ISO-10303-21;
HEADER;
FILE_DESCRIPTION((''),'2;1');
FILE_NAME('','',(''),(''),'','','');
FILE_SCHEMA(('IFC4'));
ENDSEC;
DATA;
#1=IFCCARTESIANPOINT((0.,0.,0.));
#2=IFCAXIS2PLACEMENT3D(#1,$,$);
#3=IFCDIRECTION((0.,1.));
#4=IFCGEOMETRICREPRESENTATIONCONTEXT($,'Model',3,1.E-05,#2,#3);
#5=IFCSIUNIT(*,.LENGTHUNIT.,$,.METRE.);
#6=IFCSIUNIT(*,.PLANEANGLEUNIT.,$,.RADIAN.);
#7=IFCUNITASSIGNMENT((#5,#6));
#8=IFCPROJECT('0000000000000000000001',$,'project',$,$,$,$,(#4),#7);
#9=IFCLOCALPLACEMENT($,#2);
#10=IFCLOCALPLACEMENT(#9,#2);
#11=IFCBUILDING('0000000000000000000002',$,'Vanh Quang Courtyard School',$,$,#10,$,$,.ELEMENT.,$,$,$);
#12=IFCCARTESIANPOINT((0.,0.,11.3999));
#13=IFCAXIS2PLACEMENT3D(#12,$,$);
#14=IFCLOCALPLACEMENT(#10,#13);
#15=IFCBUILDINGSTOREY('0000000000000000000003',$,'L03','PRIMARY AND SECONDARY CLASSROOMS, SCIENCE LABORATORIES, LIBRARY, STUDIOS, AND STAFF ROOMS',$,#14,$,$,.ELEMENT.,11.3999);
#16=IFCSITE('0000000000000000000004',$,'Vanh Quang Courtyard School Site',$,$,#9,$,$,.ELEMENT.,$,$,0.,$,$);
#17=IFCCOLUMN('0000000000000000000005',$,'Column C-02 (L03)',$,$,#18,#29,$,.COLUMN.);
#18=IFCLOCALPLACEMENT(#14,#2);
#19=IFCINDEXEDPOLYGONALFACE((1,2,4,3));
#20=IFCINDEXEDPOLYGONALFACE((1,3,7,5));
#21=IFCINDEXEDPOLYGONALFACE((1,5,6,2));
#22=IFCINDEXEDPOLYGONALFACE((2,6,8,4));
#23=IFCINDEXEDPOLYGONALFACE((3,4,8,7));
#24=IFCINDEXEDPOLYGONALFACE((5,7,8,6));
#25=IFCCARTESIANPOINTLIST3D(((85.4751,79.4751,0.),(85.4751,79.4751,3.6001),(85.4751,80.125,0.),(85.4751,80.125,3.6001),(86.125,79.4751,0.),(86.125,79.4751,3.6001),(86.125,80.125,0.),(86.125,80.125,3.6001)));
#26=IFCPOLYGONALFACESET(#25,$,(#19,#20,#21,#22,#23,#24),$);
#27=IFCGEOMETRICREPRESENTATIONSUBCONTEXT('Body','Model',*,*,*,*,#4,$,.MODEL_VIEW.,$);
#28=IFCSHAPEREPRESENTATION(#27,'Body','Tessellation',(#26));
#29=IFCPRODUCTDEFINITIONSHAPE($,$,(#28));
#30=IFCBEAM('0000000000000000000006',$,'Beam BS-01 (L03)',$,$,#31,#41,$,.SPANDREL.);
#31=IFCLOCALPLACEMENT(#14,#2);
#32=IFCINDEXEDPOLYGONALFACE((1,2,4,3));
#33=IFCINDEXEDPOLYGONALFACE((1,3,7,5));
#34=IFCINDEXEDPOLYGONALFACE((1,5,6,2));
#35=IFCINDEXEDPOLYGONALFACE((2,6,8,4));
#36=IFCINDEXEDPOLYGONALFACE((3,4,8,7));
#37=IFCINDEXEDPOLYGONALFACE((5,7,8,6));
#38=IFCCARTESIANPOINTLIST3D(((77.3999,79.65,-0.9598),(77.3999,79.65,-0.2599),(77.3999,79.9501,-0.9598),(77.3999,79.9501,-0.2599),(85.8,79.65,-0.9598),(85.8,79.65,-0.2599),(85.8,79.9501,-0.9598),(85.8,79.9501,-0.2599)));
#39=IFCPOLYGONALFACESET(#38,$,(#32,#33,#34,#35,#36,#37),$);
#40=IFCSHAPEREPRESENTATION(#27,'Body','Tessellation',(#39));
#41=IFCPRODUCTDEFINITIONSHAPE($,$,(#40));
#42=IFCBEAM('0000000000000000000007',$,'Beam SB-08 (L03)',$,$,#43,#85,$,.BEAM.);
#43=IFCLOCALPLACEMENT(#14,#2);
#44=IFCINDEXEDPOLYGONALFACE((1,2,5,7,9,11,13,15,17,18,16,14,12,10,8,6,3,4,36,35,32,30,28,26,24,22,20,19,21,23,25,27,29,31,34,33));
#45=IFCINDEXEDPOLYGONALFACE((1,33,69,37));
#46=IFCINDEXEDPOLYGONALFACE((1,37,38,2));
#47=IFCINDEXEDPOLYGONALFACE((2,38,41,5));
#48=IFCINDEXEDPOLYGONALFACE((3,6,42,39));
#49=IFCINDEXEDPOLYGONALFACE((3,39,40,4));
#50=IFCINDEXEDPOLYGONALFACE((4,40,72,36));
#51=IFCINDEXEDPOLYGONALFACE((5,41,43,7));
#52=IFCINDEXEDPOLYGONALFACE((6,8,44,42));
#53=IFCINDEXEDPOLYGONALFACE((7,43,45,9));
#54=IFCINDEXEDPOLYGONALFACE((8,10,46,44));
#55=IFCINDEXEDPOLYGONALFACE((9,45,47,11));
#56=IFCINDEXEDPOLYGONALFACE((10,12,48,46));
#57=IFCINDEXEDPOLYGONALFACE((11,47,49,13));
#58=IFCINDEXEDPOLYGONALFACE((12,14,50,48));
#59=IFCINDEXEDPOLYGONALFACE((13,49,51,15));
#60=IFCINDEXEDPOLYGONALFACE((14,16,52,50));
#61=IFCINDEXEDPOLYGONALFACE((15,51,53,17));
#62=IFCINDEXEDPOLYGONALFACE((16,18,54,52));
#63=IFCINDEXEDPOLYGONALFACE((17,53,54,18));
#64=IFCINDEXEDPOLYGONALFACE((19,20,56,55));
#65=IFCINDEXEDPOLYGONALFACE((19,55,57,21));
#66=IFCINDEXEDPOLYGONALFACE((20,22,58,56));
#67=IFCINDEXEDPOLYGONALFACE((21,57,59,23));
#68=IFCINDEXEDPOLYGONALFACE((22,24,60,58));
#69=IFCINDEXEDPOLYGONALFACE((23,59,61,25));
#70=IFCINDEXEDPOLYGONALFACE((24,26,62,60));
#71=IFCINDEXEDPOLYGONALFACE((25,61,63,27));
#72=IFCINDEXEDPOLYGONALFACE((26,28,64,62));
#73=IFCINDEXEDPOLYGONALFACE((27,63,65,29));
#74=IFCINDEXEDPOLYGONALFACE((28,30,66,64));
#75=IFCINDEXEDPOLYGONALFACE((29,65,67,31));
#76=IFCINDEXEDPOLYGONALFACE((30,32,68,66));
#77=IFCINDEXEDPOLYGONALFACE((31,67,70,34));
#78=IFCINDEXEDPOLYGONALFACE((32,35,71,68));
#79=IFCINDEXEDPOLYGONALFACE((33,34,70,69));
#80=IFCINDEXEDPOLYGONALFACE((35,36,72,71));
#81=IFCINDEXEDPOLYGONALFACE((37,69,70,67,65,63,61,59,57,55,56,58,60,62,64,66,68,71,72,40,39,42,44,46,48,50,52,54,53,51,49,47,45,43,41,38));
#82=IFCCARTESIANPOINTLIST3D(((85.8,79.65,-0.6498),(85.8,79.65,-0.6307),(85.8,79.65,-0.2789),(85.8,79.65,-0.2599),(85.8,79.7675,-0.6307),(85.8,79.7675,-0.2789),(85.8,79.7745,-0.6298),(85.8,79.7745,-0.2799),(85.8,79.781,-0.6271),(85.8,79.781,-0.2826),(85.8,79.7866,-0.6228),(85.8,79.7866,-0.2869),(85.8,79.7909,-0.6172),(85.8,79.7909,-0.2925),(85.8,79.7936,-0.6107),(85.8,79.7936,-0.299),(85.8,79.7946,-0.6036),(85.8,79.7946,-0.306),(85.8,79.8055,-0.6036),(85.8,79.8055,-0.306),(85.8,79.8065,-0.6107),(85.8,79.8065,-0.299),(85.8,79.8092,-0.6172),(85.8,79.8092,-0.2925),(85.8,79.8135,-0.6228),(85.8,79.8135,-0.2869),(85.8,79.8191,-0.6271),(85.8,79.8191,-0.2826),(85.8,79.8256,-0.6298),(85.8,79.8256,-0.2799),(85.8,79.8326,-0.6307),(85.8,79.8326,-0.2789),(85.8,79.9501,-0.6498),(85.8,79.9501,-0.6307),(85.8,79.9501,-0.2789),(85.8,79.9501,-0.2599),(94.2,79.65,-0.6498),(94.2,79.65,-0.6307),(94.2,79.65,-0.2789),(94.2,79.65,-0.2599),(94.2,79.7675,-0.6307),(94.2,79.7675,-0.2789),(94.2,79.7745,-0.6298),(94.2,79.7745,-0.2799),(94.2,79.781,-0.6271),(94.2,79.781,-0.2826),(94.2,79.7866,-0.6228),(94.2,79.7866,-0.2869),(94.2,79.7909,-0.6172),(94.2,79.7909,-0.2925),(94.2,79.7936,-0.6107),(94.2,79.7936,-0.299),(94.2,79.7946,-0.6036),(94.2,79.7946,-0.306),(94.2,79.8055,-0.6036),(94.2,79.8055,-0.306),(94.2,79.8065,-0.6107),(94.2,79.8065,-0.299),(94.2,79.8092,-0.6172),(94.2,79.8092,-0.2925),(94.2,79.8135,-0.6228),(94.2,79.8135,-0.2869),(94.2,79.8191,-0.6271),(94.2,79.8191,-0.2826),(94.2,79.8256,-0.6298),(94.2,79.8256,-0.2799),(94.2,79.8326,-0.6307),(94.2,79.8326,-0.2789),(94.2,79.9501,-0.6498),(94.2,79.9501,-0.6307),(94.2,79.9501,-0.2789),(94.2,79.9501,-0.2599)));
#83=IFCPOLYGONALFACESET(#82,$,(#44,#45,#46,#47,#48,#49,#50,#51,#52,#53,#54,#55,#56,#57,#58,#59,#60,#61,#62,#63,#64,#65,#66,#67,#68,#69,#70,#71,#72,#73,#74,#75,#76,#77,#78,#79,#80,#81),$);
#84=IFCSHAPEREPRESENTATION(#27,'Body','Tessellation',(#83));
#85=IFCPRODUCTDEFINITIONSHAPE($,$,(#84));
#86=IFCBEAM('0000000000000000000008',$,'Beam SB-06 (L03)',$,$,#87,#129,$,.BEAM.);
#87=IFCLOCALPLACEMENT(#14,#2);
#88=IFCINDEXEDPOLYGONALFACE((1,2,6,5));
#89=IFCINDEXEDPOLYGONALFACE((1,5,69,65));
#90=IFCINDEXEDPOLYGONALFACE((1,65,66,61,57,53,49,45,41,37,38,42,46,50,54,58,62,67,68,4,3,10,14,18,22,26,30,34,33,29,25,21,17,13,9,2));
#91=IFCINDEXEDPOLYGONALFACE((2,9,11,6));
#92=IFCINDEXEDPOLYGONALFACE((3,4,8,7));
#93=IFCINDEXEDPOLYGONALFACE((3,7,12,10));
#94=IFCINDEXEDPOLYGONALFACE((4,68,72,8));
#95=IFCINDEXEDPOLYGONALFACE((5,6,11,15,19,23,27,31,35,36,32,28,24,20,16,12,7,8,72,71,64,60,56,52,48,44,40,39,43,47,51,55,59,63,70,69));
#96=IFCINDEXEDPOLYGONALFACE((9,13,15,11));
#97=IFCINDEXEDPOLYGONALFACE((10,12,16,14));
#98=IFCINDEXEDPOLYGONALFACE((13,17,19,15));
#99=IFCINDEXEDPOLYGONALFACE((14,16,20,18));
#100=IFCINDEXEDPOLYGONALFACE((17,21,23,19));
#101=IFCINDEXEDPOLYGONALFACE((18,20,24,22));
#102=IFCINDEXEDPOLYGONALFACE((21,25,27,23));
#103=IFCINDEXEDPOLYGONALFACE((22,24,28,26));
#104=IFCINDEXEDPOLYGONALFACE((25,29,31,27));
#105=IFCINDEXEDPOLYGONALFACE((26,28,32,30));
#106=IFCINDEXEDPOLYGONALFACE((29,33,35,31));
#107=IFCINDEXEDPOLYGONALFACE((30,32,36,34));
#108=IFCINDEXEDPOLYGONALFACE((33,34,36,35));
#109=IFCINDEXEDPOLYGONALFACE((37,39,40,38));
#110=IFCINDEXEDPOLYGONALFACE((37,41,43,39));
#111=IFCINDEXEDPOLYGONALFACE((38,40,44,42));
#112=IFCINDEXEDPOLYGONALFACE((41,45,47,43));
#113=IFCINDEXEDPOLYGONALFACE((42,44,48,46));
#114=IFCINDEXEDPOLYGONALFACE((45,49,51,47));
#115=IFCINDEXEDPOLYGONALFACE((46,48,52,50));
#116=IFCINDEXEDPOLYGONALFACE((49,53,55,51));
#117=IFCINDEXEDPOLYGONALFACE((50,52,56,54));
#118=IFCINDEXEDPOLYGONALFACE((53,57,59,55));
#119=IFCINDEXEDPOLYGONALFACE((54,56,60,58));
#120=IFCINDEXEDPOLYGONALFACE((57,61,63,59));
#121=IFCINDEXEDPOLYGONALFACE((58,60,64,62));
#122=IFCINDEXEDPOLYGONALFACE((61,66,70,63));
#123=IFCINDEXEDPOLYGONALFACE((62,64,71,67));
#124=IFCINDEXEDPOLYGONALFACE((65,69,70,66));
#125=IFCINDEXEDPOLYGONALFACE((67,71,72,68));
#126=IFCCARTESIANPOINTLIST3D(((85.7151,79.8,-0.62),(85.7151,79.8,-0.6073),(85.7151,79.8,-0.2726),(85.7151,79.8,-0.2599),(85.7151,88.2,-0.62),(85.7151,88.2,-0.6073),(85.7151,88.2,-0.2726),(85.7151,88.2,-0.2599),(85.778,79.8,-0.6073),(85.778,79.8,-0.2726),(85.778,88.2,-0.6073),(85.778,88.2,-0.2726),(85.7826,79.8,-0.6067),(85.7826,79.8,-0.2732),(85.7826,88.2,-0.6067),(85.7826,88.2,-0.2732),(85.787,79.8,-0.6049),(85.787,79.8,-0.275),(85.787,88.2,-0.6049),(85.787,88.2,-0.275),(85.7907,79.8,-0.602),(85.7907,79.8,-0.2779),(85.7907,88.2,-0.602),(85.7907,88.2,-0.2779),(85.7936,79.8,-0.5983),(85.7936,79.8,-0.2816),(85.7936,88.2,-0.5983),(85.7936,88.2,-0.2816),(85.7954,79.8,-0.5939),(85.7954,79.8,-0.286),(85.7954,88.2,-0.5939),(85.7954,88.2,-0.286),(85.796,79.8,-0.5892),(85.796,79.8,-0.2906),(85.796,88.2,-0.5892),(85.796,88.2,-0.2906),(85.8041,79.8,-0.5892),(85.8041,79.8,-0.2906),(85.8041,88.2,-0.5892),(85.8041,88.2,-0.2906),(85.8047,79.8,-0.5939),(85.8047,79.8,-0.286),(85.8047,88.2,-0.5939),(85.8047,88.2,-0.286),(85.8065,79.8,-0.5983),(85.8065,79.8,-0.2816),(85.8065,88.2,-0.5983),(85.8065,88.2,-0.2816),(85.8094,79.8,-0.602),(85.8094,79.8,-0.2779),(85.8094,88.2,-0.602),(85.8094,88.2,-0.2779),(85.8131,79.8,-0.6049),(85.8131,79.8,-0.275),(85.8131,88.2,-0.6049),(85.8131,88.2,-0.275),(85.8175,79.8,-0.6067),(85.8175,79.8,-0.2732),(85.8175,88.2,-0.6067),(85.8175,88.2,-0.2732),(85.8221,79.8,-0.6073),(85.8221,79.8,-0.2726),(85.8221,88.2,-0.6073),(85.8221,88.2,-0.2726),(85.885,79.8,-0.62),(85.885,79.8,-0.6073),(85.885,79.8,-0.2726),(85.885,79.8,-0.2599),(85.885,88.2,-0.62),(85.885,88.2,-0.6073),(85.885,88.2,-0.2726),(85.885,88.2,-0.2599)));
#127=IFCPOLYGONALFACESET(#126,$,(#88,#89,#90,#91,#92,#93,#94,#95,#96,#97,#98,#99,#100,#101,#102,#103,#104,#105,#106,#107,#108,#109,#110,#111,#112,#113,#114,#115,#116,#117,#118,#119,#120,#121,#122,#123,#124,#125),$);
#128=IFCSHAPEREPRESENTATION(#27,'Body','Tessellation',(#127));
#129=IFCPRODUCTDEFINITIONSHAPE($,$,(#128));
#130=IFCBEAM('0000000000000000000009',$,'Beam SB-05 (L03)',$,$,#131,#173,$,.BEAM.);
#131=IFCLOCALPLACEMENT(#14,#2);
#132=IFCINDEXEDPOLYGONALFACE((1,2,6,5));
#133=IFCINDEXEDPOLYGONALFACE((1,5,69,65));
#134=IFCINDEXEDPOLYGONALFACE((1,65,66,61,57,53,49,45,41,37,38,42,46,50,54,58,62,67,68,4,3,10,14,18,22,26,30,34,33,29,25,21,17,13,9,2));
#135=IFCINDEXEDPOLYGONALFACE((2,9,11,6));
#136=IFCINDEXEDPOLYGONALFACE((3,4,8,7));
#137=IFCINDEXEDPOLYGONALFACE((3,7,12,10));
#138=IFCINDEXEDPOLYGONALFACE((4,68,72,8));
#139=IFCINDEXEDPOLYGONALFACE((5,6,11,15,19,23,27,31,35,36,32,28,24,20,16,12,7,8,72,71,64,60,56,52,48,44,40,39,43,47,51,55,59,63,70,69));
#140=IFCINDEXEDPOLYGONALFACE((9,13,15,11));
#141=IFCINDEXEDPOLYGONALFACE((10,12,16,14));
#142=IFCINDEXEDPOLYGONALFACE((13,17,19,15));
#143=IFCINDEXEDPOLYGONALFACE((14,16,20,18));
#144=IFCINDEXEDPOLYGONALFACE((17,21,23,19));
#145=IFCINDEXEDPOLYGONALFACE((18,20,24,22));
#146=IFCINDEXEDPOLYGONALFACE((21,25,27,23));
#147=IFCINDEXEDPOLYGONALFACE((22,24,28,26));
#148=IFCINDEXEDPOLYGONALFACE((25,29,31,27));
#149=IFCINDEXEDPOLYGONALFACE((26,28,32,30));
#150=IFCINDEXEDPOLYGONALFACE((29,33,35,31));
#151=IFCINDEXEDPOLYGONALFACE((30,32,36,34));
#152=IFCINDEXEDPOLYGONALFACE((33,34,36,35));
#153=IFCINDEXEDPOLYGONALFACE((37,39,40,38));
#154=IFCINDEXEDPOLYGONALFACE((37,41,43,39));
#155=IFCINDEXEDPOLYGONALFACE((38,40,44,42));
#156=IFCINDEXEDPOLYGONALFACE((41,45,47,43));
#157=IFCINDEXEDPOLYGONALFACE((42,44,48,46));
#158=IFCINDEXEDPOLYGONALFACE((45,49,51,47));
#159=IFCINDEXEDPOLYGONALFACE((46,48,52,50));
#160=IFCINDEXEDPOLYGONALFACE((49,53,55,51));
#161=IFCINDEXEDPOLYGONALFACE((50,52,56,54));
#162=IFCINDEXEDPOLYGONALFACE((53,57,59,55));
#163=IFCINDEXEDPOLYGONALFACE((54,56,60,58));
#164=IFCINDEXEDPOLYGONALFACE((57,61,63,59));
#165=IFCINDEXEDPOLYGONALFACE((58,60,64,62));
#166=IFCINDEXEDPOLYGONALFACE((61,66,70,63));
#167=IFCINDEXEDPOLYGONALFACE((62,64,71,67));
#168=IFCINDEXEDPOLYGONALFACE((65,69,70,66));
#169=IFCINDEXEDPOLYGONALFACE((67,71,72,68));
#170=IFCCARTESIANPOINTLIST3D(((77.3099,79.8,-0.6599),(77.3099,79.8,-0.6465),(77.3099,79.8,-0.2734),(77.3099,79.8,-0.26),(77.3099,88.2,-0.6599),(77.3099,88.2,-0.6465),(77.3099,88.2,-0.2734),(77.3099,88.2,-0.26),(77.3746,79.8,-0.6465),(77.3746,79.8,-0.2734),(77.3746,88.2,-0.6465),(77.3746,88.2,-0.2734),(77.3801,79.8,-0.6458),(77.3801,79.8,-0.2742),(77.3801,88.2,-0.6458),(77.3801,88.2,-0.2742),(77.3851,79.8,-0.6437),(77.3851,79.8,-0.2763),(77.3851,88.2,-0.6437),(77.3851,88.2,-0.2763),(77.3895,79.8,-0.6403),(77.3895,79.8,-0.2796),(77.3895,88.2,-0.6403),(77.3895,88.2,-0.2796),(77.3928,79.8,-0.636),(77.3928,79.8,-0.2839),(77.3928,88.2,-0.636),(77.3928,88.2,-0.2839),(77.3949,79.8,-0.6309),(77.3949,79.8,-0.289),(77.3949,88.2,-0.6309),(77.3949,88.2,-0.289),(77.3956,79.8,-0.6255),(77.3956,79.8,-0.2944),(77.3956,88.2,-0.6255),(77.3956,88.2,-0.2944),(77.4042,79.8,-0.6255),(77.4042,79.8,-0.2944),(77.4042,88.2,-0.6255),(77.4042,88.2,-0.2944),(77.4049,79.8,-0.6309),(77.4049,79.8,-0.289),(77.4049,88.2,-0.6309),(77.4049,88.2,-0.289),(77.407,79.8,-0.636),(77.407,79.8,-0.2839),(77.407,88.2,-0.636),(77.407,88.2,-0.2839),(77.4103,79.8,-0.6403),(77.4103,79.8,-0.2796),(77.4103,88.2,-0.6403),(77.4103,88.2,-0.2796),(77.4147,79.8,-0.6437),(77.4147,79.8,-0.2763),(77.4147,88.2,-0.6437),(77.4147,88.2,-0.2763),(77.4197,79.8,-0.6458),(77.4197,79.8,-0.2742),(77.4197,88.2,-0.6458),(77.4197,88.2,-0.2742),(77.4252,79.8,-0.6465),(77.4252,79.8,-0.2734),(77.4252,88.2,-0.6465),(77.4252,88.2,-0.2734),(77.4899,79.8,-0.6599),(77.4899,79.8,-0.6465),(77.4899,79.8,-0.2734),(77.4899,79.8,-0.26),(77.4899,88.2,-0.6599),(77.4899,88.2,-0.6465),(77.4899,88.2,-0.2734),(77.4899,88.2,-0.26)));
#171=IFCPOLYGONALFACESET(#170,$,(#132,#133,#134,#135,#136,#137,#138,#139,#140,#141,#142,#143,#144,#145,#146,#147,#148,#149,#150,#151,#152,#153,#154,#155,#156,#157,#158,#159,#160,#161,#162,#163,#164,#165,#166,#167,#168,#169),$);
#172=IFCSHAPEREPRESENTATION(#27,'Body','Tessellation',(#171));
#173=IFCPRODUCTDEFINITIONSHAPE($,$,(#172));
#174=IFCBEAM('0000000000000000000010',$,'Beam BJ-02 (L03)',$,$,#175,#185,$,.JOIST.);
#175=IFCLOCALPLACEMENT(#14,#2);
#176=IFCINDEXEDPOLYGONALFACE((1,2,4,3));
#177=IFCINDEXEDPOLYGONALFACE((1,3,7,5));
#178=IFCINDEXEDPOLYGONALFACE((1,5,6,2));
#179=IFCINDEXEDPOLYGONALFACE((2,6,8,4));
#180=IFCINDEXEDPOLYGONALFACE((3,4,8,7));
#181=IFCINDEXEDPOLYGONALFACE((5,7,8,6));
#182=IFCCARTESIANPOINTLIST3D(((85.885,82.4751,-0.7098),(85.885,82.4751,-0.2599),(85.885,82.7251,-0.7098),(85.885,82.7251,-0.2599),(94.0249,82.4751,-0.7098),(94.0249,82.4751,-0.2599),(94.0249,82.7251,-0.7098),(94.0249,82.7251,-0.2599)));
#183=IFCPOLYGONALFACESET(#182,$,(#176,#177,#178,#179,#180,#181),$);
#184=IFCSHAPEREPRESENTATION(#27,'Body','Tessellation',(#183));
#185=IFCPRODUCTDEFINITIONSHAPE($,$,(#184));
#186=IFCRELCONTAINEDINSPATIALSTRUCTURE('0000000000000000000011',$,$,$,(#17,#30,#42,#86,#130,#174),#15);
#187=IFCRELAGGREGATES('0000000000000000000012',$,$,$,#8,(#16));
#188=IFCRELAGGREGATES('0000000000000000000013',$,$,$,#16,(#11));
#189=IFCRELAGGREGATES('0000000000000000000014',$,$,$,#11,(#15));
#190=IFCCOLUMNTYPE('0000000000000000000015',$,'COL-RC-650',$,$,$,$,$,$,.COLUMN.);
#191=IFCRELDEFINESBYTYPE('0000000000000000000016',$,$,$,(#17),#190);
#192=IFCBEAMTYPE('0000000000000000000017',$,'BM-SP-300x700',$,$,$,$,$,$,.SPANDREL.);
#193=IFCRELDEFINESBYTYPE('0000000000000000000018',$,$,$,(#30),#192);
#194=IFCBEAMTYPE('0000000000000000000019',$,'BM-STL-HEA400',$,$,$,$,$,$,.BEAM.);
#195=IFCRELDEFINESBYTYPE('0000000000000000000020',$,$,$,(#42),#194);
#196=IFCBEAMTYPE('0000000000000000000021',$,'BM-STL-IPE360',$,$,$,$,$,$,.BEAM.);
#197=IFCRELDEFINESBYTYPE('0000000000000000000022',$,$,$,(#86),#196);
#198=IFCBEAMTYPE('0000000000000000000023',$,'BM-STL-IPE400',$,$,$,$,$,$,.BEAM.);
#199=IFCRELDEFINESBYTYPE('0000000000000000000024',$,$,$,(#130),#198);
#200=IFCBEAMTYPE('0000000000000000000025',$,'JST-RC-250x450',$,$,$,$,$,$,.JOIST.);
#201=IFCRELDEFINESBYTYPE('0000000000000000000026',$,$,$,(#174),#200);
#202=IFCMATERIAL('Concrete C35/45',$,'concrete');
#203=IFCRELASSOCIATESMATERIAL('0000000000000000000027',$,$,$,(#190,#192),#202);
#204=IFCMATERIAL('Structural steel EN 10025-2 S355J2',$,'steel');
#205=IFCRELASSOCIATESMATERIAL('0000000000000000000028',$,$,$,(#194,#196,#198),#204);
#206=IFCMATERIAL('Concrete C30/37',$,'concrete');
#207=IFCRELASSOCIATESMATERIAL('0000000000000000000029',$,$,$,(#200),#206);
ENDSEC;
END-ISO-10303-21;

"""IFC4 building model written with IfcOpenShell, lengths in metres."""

from ifc_helpers import new_model, si_unit, direction, frame, origin, origin_2d, place, context, subcontext, project, spatial, rectangle, i_section, extrude, material, material_profile, profile_set, type_object, element, save


model = new_model("IFC4")

# Units and contexts
model_context = context("Model", 3, precision=1e-05, world=origin(), true_north=direction((0.0, 1.0)))
body_context = subcontext(model_context, "Body", "Model", "MODEL_VIEW")
ifc_project = project(units=[si_unit("LENGTHUNIT", "METRE"), si_unit("PLANEANGLEUNIT", "RADIAN")], contexts=[model_context])

# Site, building, storey
site_placement = place(None, origin())
site = spatial("IfcSite", under=ifc_project, at=site_placement, Name="Vanh Quang Courtyard School Site", CompositionType="ELEMENT", RefElevation=0.0)
building_placement = place(site_placement, origin())
building = spatial("IfcBuilding", under=site, at=building_placement, Name="Vanh Quang Courtyard School", CompositionType="ELEMENT")
storey_placement = place(building_placement, frame((0.0, 0.0, 11.3999)))
storey = spatial("IfcBuildingStorey", under=building, at=storey_placement, Name="L03", Description="PRIMARY AND SECONDARY CLASSROOMS, SCIENCE LABORATORIES, LIBRARY, STUDIOS, AND STAFF ROOMS", CompositionType="ELEMENT", Elevation=11.3999)

# Column
ifc_material_1 = material(Name="Concrete C35/45", Category="concrete")
ifc_material_profile_1 = material_profile(ifc_material_1, rectangle(XDim=0.6499, YDim=0.6499, at=origin_2d()), Name="RC-COL 650x650")
ifc_profile_set_1 = profile_set([ifc_material_profile_1], Name="Concrete C35/45")
column_type = type_object("IfcColumnType", Name="COL-RC-650", PredefinedType="COLUMN", material=ifc_profile_set_1)
column_placement = place(storey_placement, frame((85.8, 79.8, 0.0), z_axis=(0.0, 0.0, 1.0), x_axis=(1.0, 0.0, 0.0)))
element("IfcColumn", 1, at=column_placement, inside=storey, type_object=column_type, Name="Column C-02 (L03)", PredefinedType="COLUMN", context=body_context, shape_type="SweptSolid", body=[
    extrude(rectangle(XDim=0.6499, YDim=0.6499, at=origin_2d()), origin(), (0.0, 0.0, 1.0), 3.6001),
])

# Beams
ifc_material_profile_2 = material_profile(ifc_material_1, rectangle(XDim=0.3, YDim=0.7, at=origin_2d()), Name="RC-SP 300x700")
ifc_profile_set_2 = profile_set([ifc_material_profile_2], Name="Concrete C35/45")
beam_type_1 = type_object("IfcBeamType", Name="BM-SP-300x700", PredefinedType="SPANDREL", material=ifc_profile_set_2)
beam_1_placement = place(storey_placement, frame((77.3999, 79.8, -0.6099), z_axis=(1.0, 0.0, 0.0), x_axis=(0.0, 1.0, 0.0)))
element("IfcBeam", 2, at=beam_1_placement, inside=storey, type_object=beam_type_1, Name="Beam BS-01 (L03)", PredefinedType="SPANDREL", context=body_context, shape_type="SweptSolid", body=[
    extrude(rectangle(XDim=0.3, YDim=0.7, at=origin_2d()), origin(), (0.0, 0.0, 1.0), 8.4001),
])
ifc_material_2 = material(Name="Structural steel EN 10025-2 S355J2", Category="steel")
ifc_material_profile_3 = material_profile(ifc_material_2, i_section(OverallWidth=0.3, OverallDepth=0.3899, WebThickness=0.011, FlangeThickness=0.019, FilletRadius=0.0271, at=origin_2d()), Name="HEA 400")
ifc_profile_set_3 = profile_set([ifc_material_profile_3], Name="Structural steel EN 10025-2 S355J2")
beam_type_2 = type_object("IfcBeamType", Name="BM-STL-HEA400", PredefinedType="BEAM", material=ifc_profile_set_3)
beam_2_placement = place(storey_placement, frame((85.8, 79.8, -0.4548), z_axis=(1.0, 0.0, 0.0), x_axis=(0.0, 1.0, 0.0)))
element("IfcBeam", 3, at=beam_2_placement, inside=storey, type_object=beam_type_2, Name="Beam SB-08 (L03)", PredefinedType="BEAM", context=body_context, shape_type="SweptSolid", body=[
    extrude(i_section(OverallWidth=0.3, OverallDepth=0.3899, WebThickness=0.011, FlangeThickness=0.019, FilletRadius=0.0271, at=origin_2d()), origin(), (0.0, 0.0, 1.0), 8.3999),
])
ifc_material_profile_4 = material_profile(ifc_material_2, i_section(OverallWidth=0.1699, OverallDepth=0.3601, WebThickness=0.0081, FlangeThickness=0.0127, FilletRadius=0.0181, at=origin_2d()), Name="IPE 360")
ifc_profile_set_4 = profile_set([ifc_material_profile_4], Name="Structural steel EN 10025-2 S355J2")
beam_type_3 = type_object("IfcBeamType", Name="BM-STL-IPE360", PredefinedType="BEAM", material=ifc_profile_set_4)
beam_3_placement = place(storey_placement, frame((85.8, 79.8, -0.4399), z_axis=(0.0, 1.0, 0.0), x_axis=(-1.0, 0.0, 0.0)))
element("IfcBeam", 4, at=beam_3_placement, inside=storey, type_object=beam_type_3, Name="Beam SB-06 (L03)", PredefinedType="BEAM", context=body_context, shape_type="SweptSolid", body=[
    extrude(i_section(OverallWidth=0.1699, OverallDepth=0.3601, WebThickness=0.0081, FlangeThickness=0.0127, FilletRadius=0.0181, at=origin_2d()), origin(), (0.0, 0.0, 1.0), 8.3999),
])
ifc_material_profile_5 = material_profile(ifc_material_2, i_section(OverallWidth=0.1799, OverallDepth=0.3999, WebThickness=0.0085, FlangeThickness=0.0134, FilletRadius=0.021, at=origin_2d()), Name="IPE 400")
ifc_profile_set_5 = profile_set([ifc_material_profile_5], Name="Structural steel EN 10025-2 S355J2")
beam_type_4 = type_object("IfcBeamType", Name="BM-STL-IPE400", PredefinedType="BEAM", material=ifc_profile_set_5)
beam_4_placement = place(storey_placement, frame((77.3999, 79.8, -0.46), z_axis=(0.0, 1.0, 0.0), x_axis=(-1.0, 0.0, 0.0)))
element("IfcBeam", 5, at=beam_4_placement, inside=storey, type_object=beam_type_4, Name="Beam SB-05 (L03)", PredefinedType="BEAM", context=body_context, shape_type="SweptSolid", body=[
    extrude(i_section(OverallWidth=0.1799, OverallDepth=0.3999, WebThickness=0.0085, FlangeThickness=0.0134, FilletRadius=0.021, at=origin_2d()), origin(), (0.0, 0.0, 1.0), 8.3999),
])
ifc_material_3 = material(Name="Concrete C30/37", Category="concrete")
ifc_material_profile_6 = material_profile(ifc_material_3, rectangle(XDim=0.25, YDim=0.45, at=origin_2d()), Name="RC-JST 250x450")
ifc_profile_set_6 = profile_set([ifc_material_profile_6], Name="Concrete C30/37")
beam_type_5 = type_object("IfcBeamType", Name="JST-RC-250x450", PredefinedType="JOIST", material=ifc_profile_set_6)
beam_5_placement = place(storey_placement, frame((85.885, 82.6001, -0.4849), z_axis=(1.0, 0.0, 0.0), x_axis=(0.0, 1.0, 0.0)))
element("IfcBeam", 6, at=beam_5_placement, inside=storey, type_object=beam_type_5, Name="Beam BJ-02 (L03)", PredefinedType="JOIST", context=body_context, shape_type="SweptSolid", body=[
    extrude(rectangle(XDim=0.25, YDim=0.45, at=origin_2d()), origin(), (0.0, 0.0, 1.0), 8.1399),
])

save(model, "model.ifc")
